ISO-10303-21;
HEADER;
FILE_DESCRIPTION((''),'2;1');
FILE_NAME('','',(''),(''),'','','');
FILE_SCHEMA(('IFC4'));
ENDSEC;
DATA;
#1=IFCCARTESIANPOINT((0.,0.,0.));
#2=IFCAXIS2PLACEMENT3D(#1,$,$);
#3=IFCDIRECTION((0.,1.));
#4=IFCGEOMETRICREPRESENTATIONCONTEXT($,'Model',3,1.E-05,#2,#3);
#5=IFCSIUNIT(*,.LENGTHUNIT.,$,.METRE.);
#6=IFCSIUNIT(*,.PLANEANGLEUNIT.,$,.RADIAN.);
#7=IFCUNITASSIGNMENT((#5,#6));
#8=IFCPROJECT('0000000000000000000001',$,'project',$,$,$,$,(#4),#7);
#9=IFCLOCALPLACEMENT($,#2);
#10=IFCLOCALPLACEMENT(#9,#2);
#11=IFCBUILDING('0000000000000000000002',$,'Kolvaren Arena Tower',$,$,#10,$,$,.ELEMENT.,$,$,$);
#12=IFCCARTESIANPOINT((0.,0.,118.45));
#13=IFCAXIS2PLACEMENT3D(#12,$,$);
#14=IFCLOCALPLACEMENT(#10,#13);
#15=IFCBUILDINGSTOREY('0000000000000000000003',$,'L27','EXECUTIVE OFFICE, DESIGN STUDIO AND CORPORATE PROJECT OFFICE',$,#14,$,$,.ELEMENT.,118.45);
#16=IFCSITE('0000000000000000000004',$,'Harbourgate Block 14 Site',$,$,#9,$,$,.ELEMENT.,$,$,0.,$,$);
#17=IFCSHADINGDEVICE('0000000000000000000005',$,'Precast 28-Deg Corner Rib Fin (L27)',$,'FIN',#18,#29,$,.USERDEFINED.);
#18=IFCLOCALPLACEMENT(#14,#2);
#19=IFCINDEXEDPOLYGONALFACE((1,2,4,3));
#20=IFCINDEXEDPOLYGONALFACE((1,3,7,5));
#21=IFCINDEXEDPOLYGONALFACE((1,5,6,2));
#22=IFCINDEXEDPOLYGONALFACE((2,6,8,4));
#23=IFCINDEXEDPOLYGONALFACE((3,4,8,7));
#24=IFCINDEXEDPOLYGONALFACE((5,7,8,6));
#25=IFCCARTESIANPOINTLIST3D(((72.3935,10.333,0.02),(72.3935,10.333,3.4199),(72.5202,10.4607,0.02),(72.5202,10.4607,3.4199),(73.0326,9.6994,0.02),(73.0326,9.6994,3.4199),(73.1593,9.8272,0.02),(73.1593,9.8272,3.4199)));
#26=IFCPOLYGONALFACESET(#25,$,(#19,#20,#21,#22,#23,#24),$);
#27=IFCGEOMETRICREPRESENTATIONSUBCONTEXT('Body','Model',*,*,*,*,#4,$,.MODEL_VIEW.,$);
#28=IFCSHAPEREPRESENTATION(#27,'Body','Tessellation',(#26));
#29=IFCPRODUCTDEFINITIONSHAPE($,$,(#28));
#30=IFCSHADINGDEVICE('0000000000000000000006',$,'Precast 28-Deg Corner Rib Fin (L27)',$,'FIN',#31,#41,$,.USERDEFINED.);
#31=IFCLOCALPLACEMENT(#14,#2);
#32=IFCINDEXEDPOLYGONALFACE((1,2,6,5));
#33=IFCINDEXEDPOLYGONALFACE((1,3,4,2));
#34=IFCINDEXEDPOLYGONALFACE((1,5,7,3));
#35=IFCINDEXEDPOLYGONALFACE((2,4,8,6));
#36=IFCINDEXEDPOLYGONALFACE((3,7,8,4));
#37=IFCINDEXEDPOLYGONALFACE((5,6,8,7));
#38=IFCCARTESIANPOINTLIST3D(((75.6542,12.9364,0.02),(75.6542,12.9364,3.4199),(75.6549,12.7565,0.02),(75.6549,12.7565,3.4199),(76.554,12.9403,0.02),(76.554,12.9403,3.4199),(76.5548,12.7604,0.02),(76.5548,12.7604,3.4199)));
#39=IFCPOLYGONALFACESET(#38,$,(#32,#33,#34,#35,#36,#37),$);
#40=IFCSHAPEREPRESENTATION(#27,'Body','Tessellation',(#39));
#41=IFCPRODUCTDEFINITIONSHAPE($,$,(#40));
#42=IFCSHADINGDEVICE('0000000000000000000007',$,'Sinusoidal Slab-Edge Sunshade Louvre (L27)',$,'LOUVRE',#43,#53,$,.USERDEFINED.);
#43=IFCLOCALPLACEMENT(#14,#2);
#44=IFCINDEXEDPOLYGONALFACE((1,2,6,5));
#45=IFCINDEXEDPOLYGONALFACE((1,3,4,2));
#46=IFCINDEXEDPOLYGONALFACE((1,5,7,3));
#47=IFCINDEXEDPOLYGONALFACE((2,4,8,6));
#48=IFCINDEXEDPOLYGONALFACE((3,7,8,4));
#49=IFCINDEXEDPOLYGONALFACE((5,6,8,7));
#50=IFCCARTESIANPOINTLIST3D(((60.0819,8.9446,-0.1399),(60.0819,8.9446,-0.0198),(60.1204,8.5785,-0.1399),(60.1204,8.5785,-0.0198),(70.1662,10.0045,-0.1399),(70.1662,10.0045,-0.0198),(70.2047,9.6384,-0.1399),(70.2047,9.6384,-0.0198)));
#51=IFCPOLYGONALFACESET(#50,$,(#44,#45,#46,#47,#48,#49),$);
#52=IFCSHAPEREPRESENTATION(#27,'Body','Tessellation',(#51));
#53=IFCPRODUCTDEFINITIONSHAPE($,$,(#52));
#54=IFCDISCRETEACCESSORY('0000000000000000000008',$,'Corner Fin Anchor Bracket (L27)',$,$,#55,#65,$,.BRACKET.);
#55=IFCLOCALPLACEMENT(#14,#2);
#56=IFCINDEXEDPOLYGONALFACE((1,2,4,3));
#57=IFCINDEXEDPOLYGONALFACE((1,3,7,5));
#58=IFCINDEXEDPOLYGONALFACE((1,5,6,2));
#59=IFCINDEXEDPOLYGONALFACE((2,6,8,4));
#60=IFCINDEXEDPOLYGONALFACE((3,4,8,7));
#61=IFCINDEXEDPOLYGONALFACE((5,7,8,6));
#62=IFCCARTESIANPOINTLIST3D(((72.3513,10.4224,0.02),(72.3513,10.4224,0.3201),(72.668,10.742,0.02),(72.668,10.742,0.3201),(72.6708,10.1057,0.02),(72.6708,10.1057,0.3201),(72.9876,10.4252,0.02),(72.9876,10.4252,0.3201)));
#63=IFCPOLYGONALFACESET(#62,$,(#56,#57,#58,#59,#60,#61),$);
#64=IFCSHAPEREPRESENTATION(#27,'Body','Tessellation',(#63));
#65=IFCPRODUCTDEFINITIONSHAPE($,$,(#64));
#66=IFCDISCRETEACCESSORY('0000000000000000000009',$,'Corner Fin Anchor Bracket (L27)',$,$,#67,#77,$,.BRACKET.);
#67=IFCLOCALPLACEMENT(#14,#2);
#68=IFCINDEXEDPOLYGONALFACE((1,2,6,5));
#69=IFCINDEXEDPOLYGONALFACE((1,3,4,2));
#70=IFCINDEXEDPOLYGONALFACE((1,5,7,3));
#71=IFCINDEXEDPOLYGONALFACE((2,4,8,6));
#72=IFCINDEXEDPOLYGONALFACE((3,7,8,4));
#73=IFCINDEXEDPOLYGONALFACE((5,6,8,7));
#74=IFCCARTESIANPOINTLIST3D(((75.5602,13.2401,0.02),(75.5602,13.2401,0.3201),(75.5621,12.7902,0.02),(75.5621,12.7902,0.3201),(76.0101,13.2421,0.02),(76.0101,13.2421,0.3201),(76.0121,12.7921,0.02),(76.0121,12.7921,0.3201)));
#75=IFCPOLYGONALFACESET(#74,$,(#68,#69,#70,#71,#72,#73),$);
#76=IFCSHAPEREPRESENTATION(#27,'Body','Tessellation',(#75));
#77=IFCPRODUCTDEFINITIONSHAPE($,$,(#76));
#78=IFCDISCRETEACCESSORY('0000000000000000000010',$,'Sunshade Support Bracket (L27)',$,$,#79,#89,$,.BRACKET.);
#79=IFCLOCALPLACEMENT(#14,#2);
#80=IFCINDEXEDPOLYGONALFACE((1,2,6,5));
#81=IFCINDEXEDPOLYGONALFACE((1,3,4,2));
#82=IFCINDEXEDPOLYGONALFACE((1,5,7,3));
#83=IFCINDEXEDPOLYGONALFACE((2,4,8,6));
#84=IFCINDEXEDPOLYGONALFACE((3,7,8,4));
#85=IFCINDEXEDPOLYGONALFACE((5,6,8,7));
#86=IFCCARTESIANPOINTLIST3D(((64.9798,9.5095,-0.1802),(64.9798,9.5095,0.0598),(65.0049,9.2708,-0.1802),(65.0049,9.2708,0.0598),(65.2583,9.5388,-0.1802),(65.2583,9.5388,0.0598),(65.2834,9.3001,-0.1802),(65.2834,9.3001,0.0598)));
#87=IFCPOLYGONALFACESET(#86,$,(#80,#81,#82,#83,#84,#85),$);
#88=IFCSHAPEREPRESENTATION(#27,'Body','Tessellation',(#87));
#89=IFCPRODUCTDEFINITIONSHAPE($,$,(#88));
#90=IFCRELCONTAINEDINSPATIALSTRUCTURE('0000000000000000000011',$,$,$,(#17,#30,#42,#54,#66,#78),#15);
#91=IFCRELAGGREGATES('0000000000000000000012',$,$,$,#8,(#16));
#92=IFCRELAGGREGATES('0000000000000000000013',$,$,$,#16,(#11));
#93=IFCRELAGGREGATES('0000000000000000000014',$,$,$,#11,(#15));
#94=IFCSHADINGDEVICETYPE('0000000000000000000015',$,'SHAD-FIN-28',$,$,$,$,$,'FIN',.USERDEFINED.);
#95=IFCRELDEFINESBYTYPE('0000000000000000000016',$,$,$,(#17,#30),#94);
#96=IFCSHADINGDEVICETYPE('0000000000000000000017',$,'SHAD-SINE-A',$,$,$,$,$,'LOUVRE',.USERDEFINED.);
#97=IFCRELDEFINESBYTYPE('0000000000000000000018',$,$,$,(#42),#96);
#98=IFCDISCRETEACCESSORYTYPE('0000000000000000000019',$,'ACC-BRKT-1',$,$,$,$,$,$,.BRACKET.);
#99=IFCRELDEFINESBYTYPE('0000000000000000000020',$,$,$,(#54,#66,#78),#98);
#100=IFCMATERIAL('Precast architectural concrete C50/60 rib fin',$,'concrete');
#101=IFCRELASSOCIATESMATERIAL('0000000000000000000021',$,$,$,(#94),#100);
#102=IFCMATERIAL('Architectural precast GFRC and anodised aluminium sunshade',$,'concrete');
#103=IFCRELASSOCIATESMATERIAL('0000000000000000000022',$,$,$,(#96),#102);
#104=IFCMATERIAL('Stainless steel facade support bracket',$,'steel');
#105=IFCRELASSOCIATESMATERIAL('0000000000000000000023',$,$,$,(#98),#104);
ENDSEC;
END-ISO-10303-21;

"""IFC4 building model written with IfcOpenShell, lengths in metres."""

from ifc_helpers import new_model, si_unit, direction, frame, origin, origin_2d, place, context, subcontext, project, spatial, rectangle, extrude, material, type_object, element, save


model = new_model("IFC4")

# Units and contexts
model_context = context("Model", 3, precision=1e-05, world=origin(), true_north=direction((0.0, 1.0)))
body_context = subcontext(model_context, "Body", "Model", "MODEL_VIEW")
ifc_project = project(units=[si_unit("LENGTHUNIT", "METRE"), si_unit("PLANEANGLEUNIT", "RADIAN")], contexts=[model_context])

# Site, building, storey
site_placement = place(None, origin())
site = spatial("IfcSite", under=ifc_project, at=site_placement, Name="Harbourgate Block 14 Site", CompositionType="ELEMENT", RefElevation=0.0)
building_placement = place(site_placement, origin())
building = spatial("IfcBuilding", under=site, at=building_placement, Name="Kolvaren Arena Tower", CompositionType="ELEMENT")
storey_placement = place(building_placement, frame((0.0, 0.0, 118.45)))
storey = spatial("IfcBuildingStorey", under=building, at=storey_placement, Name="L27", Description="EXECUTIVE OFFICE, DESIGN STUDIO AND CORPORATE PROJECT OFFICE", CompositionType="ELEMENT", Elevation=118.45)

# Shading devices
ifc_material_1 = material(Name="Precast architectural concrete C50/60 rib fin", Category="concrete")
shading_device_type_1 = type_object("IfcShadingDeviceType", Name="SHAD-FIN-28", ElementType="FIN", PredefinedType="USERDEFINED", material=ifc_material_1)
for number, where, z_axis, x_axis, name in (
    (1, (72.7764, 10.0801, 0.02), (0.0, 0.0, 1.0), (0.710184, -0.704016, 0.0), "Precast 28-Deg Corner Rib Fin (L27)"),
    (2, (76.1045, 12.8484, 0.02), (0.0, 0.0, 1.0), (0.999991, 0.004349, 0.0), "Precast 28-Deg Corner Rib Fin (L27)"),
):
    element("IfcShadingDevice", number, at=place(storey_placement, frame(where, z_axis=z_axis, x_axis=x_axis)), inside=storey, type_object=shading_device_type_1, Name=name, ObjectType="FIN", PredefinedType="USERDEFINED", context=body_context, shape_type="SweptSolid", body=[
        extrude(rectangle(XDim=0.8999, YDim=0.1799, at=origin_2d()), origin(), (0.0, 0.0, 1.0), 3.3999),
    ])
ifc_material_2 = material(Name="Architectural precast GFRC and anodised aluminium sunshade", Category="concrete")
shading_device_type_2 = type_object("IfcShadingDeviceType", Name="SHAD-SINE-A", ElementType="LOUVRE", PredefinedType="USERDEFINED", material=ifc_material_2)
shading_device_placement = place(storey_placement, frame((65.1433, 9.2915, -0.1399), z_axis=(0.0, 0.0, 1.0), x_axis=(-0.994522, -0.104527, 0.0)))
element("IfcShadingDevice", 3, at=shading_device_placement, inside=storey, type_object=shading_device_type_2, Name="Sinusoidal Slab-Edge Sunshade Louvre (L27)", ObjectType="LOUVRE", PredefinedType="USERDEFINED", context=body_context, shape_type="SweptSolid", body=[
    extrude(rectangle(XDim=10.1399, YDim=0.3682, at=origin_2d()), origin(), (0.0, 0.0, 1.0), 0.1201),
])

# Discrete accessories
ifc_material_3 = material(Name="Stainless steel facade support bracket", Category="steel")
discrete_accessory_type = type_object("IfcDiscreteAccessoryType", Name="ACC-BRKT-1", PredefinedType="BRACKET", material=ifc_material_3)
for number, where, z_axis, x_axis, name in (
    (4, (72.6694, 10.4238, 0.02), (0.0, 0.0, 1.0), (0.710184, -0.704016, 0.0), "Corner Fin Anchor Bracket (L27)"),
    (5, (75.7861, 13.0161, 0.02), (0.0, 0.0, 1.0), (0.999991, 0.004349, 0.0), "Corner Fin Anchor Bracket (L27)"),
):
    element("IfcDiscreteAccessory", number, at=place(storey_placement, frame(where, z_axis=z_axis, x_axis=x_axis)), inside=storey, type_object=discrete_accessory_type, Name=name, PredefinedType="BRACKET", context=body_context, shape_type="SweptSolid", body=[
        extrude(rectangle(XDim=0.45, YDim=0.45, at=origin_2d()), origin(), (0.0, 0.0, 1.0), 0.3),
    ])
discrete_accessory_placement = place(storey_placement, frame((65.1316, 9.4048, -0.1802), z_axis=(0.0, 0.0, 1.0), x_axis=(-0.994522, -0.104527, 0.0)))
element("IfcDiscreteAccessory", 6, at=discrete_accessory_placement, inside=storey, type_object=discrete_accessory_type, Name="Sunshade Support Bracket (L27)", PredefinedType="BRACKET", context=body_context, shape_type="SweptSolid", body=[
    extrude(rectangle(XDim=0.28, YDim=0.24, at=origin_2d()), origin(), (0.0, 0.0, 1.0), 0.24),
])

save(model, "model.ifc")
